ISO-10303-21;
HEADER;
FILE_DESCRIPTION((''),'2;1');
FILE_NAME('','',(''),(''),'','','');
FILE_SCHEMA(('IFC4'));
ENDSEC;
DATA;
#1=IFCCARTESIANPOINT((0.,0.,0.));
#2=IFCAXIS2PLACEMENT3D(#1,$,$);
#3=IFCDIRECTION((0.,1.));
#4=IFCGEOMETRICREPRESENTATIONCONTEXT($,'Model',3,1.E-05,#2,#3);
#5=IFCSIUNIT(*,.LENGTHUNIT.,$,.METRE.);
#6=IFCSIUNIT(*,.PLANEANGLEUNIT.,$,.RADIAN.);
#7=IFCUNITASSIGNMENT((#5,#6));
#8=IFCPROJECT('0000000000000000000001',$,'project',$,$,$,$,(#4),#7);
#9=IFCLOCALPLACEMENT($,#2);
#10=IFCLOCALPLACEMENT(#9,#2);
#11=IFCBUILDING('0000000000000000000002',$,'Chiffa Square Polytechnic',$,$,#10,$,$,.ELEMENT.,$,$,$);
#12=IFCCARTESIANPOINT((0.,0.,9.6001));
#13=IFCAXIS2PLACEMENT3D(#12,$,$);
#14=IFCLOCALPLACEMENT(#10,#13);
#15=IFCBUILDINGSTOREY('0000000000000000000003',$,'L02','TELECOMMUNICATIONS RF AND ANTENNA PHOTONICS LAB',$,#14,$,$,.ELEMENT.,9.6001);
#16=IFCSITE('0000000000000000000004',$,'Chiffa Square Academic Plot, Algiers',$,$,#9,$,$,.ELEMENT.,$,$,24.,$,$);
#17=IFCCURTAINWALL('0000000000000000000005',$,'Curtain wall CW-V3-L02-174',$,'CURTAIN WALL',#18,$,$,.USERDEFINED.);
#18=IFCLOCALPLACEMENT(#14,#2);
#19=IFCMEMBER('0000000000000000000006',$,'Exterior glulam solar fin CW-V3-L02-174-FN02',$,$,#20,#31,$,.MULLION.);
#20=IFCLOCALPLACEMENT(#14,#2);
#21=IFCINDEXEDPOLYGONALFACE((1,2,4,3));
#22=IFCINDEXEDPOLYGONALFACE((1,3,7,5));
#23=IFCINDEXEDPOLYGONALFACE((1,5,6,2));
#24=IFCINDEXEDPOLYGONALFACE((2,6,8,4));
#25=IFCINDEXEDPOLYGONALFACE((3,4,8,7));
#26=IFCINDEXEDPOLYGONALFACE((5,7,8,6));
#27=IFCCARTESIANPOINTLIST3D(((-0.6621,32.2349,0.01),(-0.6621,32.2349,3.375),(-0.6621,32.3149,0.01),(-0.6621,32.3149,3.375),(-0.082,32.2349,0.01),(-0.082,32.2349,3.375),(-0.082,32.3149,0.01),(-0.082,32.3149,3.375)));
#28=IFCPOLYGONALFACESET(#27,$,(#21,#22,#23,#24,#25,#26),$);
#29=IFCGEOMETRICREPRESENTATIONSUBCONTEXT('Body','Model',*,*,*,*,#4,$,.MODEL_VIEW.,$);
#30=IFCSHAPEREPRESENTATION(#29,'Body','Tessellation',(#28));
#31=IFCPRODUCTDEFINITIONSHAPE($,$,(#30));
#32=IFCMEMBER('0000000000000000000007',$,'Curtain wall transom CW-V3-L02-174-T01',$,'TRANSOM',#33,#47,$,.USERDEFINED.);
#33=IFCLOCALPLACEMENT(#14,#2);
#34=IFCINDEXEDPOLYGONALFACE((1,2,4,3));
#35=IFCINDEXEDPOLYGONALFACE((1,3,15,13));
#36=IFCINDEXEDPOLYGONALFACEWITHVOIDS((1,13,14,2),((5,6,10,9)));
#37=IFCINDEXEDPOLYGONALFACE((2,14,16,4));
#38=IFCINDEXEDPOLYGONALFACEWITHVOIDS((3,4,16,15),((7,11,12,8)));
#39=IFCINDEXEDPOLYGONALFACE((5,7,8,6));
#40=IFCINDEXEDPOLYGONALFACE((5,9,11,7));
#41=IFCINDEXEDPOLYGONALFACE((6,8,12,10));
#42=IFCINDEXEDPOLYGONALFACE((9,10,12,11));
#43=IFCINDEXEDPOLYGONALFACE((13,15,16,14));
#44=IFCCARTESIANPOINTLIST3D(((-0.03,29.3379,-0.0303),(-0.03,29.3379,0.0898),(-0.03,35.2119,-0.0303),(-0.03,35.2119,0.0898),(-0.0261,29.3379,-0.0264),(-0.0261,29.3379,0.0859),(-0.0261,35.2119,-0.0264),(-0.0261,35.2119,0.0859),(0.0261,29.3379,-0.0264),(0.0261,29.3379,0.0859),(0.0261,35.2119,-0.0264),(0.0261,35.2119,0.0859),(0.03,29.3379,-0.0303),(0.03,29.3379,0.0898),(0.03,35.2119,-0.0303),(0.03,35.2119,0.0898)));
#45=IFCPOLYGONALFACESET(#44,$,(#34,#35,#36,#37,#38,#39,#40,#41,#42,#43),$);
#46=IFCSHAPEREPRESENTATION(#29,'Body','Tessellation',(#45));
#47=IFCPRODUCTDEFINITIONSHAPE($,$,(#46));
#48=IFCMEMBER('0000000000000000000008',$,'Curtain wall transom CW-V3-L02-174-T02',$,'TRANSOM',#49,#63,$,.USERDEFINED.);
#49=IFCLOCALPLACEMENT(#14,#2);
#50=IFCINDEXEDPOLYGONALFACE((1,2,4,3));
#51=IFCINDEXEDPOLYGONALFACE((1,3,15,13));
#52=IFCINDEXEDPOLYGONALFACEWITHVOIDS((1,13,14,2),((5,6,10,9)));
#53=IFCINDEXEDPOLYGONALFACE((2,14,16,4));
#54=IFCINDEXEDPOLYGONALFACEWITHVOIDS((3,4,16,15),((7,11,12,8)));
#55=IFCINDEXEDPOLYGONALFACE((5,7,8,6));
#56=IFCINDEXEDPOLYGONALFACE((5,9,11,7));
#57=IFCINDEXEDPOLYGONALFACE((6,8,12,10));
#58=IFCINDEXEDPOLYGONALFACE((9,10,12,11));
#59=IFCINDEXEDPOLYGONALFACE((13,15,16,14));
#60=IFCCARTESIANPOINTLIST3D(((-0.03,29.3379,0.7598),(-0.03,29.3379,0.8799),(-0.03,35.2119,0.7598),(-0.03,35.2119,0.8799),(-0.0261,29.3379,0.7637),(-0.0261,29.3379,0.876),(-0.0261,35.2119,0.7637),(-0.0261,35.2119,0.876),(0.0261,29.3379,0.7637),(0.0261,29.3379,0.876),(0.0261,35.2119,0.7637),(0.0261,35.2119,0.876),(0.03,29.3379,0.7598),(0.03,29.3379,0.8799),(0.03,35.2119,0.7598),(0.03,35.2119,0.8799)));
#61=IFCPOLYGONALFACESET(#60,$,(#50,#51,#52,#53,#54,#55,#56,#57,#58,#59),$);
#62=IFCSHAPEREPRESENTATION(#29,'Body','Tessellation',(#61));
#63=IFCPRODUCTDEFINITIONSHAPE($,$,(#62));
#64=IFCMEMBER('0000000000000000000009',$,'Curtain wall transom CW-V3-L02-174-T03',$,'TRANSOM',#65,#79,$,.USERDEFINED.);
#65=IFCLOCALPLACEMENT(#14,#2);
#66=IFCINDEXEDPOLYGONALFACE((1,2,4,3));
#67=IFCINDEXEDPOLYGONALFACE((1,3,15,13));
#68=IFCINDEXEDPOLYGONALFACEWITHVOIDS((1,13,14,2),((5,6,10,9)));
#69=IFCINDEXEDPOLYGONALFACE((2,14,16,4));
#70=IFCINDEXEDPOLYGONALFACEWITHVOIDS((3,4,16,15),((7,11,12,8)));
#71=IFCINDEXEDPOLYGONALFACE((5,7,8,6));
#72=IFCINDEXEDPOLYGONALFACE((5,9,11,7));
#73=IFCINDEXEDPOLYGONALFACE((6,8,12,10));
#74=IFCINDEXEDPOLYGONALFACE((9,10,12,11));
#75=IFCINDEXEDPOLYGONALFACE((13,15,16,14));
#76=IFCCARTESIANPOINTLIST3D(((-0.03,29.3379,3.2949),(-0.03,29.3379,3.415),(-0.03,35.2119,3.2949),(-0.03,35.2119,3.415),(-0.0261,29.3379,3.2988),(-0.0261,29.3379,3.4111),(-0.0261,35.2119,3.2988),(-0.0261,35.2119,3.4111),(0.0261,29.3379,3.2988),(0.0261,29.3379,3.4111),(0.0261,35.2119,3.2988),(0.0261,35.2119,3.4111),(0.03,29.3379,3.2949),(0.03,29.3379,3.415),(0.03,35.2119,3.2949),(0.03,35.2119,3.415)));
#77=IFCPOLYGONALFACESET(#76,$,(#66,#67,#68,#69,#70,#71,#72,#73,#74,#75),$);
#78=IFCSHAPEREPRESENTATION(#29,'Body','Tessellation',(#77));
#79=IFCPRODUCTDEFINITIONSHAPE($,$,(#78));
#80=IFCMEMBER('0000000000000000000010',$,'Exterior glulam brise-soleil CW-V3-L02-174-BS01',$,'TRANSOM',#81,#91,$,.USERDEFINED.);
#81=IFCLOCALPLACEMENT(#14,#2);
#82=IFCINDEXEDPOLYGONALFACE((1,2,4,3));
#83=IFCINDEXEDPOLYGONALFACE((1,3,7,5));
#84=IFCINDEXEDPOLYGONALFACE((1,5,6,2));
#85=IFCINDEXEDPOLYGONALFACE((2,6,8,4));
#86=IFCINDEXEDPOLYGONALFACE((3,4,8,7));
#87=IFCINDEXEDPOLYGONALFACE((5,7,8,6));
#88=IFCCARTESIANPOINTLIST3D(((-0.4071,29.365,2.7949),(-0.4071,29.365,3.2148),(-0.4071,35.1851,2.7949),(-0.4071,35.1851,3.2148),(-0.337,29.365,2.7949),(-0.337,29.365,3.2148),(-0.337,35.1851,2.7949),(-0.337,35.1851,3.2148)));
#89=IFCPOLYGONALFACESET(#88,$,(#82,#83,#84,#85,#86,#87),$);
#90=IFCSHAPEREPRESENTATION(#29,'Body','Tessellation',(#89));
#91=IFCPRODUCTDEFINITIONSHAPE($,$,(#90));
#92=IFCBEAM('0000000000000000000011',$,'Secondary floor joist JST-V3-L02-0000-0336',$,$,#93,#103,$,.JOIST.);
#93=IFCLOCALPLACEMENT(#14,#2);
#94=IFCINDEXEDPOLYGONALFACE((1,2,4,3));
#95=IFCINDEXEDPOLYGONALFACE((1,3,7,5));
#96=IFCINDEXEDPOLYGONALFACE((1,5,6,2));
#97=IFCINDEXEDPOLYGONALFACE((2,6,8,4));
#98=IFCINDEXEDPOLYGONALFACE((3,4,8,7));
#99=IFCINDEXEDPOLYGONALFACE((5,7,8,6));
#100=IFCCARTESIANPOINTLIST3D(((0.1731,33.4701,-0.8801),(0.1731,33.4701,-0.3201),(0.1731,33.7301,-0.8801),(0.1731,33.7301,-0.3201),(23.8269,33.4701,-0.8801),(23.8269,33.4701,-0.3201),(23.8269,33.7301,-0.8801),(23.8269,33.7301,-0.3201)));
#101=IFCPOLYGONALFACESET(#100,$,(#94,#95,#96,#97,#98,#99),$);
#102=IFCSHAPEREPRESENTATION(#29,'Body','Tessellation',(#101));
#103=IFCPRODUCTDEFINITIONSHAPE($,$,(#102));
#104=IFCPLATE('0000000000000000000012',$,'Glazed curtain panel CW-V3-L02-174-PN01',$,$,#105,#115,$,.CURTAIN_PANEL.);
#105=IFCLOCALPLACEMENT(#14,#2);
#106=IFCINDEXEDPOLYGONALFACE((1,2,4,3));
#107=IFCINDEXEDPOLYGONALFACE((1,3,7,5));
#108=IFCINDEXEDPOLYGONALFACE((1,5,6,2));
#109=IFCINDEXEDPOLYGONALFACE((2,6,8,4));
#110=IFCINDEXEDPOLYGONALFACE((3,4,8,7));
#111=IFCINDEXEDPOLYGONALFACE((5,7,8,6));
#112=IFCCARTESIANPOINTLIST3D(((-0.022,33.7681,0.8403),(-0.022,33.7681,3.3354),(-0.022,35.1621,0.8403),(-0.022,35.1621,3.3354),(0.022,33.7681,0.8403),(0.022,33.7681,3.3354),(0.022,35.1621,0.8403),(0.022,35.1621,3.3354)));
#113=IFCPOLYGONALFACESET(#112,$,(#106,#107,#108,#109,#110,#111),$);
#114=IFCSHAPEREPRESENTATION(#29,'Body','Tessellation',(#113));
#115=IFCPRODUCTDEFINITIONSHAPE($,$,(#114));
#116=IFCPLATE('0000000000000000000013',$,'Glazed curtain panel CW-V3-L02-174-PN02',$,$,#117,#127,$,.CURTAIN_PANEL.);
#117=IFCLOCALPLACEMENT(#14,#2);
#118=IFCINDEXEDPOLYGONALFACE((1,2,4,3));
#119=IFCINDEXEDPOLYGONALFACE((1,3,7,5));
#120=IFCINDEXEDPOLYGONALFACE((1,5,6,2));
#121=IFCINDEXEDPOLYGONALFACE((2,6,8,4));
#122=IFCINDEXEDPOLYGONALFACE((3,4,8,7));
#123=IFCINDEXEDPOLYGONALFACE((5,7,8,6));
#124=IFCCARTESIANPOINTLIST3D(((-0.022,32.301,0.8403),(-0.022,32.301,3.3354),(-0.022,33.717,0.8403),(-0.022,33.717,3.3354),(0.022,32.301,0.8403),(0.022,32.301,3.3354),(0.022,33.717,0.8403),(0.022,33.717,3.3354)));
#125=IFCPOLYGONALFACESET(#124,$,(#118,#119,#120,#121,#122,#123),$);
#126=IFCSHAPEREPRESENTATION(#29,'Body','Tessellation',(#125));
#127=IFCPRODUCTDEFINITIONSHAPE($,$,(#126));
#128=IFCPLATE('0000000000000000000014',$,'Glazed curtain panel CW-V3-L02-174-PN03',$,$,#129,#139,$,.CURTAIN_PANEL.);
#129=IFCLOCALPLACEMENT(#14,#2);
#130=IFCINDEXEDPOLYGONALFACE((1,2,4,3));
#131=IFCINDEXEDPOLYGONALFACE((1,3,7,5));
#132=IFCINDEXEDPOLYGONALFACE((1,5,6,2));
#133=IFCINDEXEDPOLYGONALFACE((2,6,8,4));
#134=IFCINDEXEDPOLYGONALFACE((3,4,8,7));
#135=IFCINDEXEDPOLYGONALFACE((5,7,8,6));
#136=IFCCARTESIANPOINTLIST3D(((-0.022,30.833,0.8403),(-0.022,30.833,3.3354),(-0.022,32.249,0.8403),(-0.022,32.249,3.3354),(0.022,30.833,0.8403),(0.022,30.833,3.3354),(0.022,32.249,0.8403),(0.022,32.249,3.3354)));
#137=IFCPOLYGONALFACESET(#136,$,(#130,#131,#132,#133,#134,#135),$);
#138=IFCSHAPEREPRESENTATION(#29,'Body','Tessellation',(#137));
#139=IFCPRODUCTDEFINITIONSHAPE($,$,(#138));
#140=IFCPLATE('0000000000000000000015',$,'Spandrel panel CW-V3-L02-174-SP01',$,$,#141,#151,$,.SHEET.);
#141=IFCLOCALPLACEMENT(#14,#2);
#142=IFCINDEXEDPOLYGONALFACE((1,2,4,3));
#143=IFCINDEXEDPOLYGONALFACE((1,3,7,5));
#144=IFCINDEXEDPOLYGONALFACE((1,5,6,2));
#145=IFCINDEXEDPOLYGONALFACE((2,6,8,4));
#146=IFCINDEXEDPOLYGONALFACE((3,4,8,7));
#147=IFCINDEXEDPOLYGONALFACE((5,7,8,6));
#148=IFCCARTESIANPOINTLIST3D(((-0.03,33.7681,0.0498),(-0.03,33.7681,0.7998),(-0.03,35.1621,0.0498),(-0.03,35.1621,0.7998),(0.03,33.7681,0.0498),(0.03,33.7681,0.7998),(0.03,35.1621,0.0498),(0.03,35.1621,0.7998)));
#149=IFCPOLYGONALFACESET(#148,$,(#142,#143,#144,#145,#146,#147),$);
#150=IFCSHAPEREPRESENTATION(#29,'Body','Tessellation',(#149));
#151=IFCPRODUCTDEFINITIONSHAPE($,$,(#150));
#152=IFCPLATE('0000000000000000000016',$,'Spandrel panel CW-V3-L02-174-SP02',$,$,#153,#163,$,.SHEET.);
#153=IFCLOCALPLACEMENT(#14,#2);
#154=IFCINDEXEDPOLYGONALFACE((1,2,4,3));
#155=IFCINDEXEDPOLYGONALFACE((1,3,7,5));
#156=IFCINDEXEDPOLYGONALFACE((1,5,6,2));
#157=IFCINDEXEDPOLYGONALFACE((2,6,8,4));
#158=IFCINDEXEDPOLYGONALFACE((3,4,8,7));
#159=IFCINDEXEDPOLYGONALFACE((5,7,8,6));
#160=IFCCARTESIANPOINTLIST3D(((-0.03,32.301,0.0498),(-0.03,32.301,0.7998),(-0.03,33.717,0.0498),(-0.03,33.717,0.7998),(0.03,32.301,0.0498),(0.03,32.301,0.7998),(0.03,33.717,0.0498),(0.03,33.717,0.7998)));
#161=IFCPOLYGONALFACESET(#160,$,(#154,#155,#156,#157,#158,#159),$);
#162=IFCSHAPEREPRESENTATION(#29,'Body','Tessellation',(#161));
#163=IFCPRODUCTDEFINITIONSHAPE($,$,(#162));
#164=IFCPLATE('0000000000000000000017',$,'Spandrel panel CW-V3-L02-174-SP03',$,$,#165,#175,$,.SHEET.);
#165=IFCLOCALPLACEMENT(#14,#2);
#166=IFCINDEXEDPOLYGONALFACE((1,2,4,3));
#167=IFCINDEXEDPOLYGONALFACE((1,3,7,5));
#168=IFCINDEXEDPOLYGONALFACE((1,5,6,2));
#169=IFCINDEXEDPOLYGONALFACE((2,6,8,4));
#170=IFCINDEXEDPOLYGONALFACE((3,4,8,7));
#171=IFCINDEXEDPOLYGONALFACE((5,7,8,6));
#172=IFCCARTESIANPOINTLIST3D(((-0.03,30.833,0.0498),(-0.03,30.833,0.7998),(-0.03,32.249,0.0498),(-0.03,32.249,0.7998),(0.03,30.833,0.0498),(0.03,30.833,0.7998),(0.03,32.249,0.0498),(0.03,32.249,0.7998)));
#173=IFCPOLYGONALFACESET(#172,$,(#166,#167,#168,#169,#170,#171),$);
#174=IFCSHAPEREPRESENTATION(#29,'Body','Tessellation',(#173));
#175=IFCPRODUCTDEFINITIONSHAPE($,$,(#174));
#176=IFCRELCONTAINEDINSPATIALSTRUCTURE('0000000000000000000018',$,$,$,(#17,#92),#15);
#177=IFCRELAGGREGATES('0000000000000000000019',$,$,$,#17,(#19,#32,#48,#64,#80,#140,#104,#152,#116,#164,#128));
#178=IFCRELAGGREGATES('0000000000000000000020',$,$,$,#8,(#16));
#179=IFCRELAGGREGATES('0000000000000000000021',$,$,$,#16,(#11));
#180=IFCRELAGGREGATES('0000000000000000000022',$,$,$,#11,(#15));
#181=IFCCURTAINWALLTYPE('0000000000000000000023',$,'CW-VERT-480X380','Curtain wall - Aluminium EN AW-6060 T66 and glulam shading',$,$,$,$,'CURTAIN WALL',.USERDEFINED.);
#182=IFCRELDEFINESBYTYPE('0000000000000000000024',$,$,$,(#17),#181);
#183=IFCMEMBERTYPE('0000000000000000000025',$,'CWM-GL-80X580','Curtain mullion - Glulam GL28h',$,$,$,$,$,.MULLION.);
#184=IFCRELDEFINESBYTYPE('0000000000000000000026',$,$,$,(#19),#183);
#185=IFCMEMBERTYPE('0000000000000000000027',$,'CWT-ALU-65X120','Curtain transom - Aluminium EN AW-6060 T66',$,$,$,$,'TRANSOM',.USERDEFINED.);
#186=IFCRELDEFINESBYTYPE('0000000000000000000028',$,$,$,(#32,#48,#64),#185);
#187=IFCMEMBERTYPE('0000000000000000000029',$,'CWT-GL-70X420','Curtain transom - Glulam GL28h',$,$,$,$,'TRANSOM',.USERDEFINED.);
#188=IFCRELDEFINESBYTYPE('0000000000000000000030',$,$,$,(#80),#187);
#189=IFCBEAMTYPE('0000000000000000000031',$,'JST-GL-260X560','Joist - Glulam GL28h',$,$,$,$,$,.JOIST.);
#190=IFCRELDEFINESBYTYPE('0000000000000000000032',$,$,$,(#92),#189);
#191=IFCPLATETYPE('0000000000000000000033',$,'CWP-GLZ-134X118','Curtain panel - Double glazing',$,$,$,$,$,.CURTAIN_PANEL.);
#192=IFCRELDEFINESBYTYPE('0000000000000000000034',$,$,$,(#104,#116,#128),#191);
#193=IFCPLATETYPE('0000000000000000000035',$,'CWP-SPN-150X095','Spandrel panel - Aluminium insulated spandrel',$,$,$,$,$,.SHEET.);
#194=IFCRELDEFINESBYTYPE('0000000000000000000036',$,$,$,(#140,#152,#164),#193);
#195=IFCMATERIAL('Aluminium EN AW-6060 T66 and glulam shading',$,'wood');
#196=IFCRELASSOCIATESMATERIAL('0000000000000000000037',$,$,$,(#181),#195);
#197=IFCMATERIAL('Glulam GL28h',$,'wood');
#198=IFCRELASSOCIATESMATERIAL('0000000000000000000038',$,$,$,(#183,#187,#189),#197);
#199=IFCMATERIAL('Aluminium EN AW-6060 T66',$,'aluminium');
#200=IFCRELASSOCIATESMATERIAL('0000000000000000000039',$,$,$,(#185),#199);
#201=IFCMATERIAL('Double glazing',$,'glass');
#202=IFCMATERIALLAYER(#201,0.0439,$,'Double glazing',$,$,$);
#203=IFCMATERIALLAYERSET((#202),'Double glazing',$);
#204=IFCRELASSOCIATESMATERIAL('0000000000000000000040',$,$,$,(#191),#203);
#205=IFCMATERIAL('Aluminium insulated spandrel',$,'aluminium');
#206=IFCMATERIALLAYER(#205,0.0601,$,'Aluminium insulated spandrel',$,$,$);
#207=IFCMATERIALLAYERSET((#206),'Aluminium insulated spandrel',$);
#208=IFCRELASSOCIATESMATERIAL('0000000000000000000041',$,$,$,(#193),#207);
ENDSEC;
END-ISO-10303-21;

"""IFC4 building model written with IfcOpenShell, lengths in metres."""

from ifc_helpers import new_model, si_unit, direction, frame, origin, origin_2d, place, context, subcontext, project, spatial, rectangle, hollow_rectangle, extrude, material, layer, layer_set, material_profile, profile_set, type_object, element, aggregate, save


model = new_model("IFC4")

# Units and contexts
model_context = context("Model", 3, precision=1e-05, world=origin(), true_north=direction((0.0, 1.0)))
body_context = subcontext(model_context, "Body", "Model", "MODEL_VIEW")
ifc_project = project(units=[si_unit("LENGTHUNIT", "METRE"), si_unit("PLANEANGLEUNIT", "RADIAN")], contexts=[model_context])

# Site, building, storey
site_placement = place(None, origin())
site = spatial("IfcSite", under=ifc_project, at=site_placement, Name="Chiffa Square Academic Plot, Algiers", CompositionType="ELEMENT", RefElevation=24.0)
building_placement = place(site_placement, origin())
building = spatial("IfcBuilding", under=site, at=building_placement, Name="Chiffa Square Polytechnic", CompositionType="ELEMENT")
storey_placement = place(building_placement, frame((0.0, 0.0, 9.6001)))
storey = spatial("IfcBuildingStorey", under=building, at=storey_placement, Name="L02", Description="TELECOMMUNICATIONS RF AND ANTENNA PHOTONICS LAB", CompositionType="ELEMENT", Elevation=9.6001)

# Curtain wall, members
ifc_material_1 = material(Name="Aluminium EN AW-6060 T66 and glulam shading", Category="wood")
curtain_wall_type = type_object("IfcCurtainWallType", Name="CW-VERT-480X380", Description="Curtain wall - Aluminium EN AW-6060 T66 and glulam shading", ElementType="CURTAIN WALL", PredefinedType="USERDEFINED", material=ifc_material_1)
curtain_wall_placement = place(storey_placement, origin())
curtain_wall = element("IfcCurtainWall", 1, at=curtain_wall_placement, inside=storey, type_object=curtain_wall_type, Name="Curtain wall CW-V3-L02-174", ObjectType="CURTAIN WALL", PredefinedType="USERDEFINED")
ifc_material_2 = material(Name="Aluminium EN AW-6060 T66", Category="aluminium")
ifc_material_3 = material(Name="Glulam GL28h", Category="wood")
ifc_material_profile_1 = material_profile(ifc_material_3, rectangle(XDim=0.0801, YDim=0.5801, at=origin_2d()), Name="GL28h 80x580")
ifc_profile_set_1 = profile_set([ifc_material_profile_1], Name="Glulam GL28h")
member_type_1 = type_object("IfcMemberType", Name="CWM-GL-80X580", Description="Curtain mullion - Glulam GL28h", PredefinedType="MULLION", material=ifc_profile_set_1)
member_1_placement = place(storey_placement, frame((-0.3721, 32.2749, 0.01), z_axis=(0.0, 0.0, 1.0), x_axis=(0.0, -1.0, 0.0)))
member_1 = element("IfcMember", 2, at=member_1_placement, type_object=member_type_1, Name="Exterior glulam solar fin CW-V3-L02-174-FN02", PredefinedType="MULLION", context=body_context, shape_type="SweptSolid", body=[
    extrude(rectangle(XDim=0.0801, YDim=0.5801, at=origin_2d()), origin(), (0.0, 0.0, 1.0), 3.365),
])
ifc_material_profile_2 = material_profile(ifc_material_2, hollow_rectangle(XDim=0.0601, YDim=0.1201, WallThickness=0.0039, at=origin_2d()), Name="ALU 60x120x4")
ifc_profile_set_2 = profile_set([ifc_material_profile_2], Name="Aluminium EN AW-6060 T66")
member_type_2 = type_object("IfcMemberType", Name="CWT-ALU-65X120", Description="Curtain transom - Aluminium EN AW-6060 T66", ElementType="TRANSOM", PredefinedType="USERDEFINED", material=ifc_profile_set_2)
member_2_placement = place(storey_placement, frame((0.0, 35.2119, 0.0298), z_axis=(0.0, -1.0, 0.0), x_axis=(1.0, 0.0, 0.0)))
member_2 = element("IfcMember", 3, at=member_2_placement, type_object=member_type_2, Name="Curtain wall transom CW-V3-L02-174-T01", ObjectType="TRANSOM", PredefinedType="USERDEFINED", context=body_context, shape_type="SweptSolid", body=[
    extrude(hollow_rectangle(XDim=0.0601, YDim=0.1201, WallThickness=0.0039, at=origin_2d()), origin(), (0.0, 0.0, 1.0), 5.874),
])
member_3_placement = place(storey_placement, frame((0.0, 35.2119, 0.8198), z_axis=(0.0, -1.0, 0.0), x_axis=(1.0, 0.0, 0.0)))
member_3 = element("IfcMember", 4, at=member_3_placement, type_object=member_type_2, Name="Curtain wall transom CW-V3-L02-174-T02", ObjectType="TRANSOM", PredefinedType="USERDEFINED", context=body_context, shape_type="SweptSolid", body=[
    extrude(hollow_rectangle(XDim=0.0601, YDim=0.1201, WallThickness=0.0039, at=origin_2d()), origin(), (0.0, 0.0, 1.0), 5.874),
])
member_4_placement = place(storey_placement, frame((0.0, 35.2119, 3.355), z_axis=(0.0, -1.0, 0.0), x_axis=(1.0, 0.0, 0.0)))
member_4 = element("IfcMember", 5, at=member_4_placement, type_object=member_type_2, Name="Curtain wall transom CW-V3-L02-174-T03", ObjectType="TRANSOM", PredefinedType="USERDEFINED", context=body_context, shape_type="SweptSolid", body=[
    extrude(hollow_rectangle(XDim=0.0601, YDim=0.1201, WallThickness=0.0039, at=origin_2d()), origin(), (0.0, 0.0, 1.0), 5.874),
])
ifc_material_profile_3 = material_profile(ifc_material_3, rectangle(XDim=0.0701, YDim=0.4199, at=origin_2d()), Name="GL28h 70x420")
ifc_profile_set_3 = profile_set([ifc_material_profile_3], Name="Glulam GL28h")
member_type_3 = type_object("IfcMemberType", Name="CWT-GL-70X420", Description="Curtain transom - Glulam GL28h", ElementType="TRANSOM", PredefinedType="USERDEFINED", material=ifc_profile_set_3)
member_5_placement = place(storey_placement, frame((-0.3721, 35.1851, 3.0049), z_axis=(0.0, -1.0, 0.0), x_axis=(1.0, 0.0, 0.0)))
member_5 = element("IfcMember", 6, at=member_5_placement, type_object=member_type_3, Name="Exterior glulam brise-soleil CW-V3-L02-174-BS01", ObjectType="TRANSOM", PredefinedType="USERDEFINED", context=body_context, shape_type="SweptSolid", body=[
    extrude(rectangle(XDim=0.0701, YDim=0.4199, at=origin_2d()), origin(), (0.0, 0.0, 1.0), 5.8201),
])

# Beam
ifc_material_profile_4 = material_profile(ifc_material_3, rectangle(XDim=0.26, YDim=0.5601, at=origin_2d()), Name="GL28h 260x560")
ifc_profile_set_4 = profile_set([ifc_material_profile_4], Name="Glulam GL28h")
beam_type_1 = type_object("IfcBeamType", Name="JST-GL-260X560", Description="Joist - Glulam GL28h", PredefinedType="JOIST", material=ifc_profile_set_4)
beam_1_placement = place(storey_placement, frame((0.1731, 33.6001, -0.6001), z_axis=(1.0, 0.0, 0.0), x_axis=(0.0, 1.0, 0.0)))
element("IfcBeam", 7, at=beam_1_placement, inside=storey, type_object=beam_type_1, Name="Secondary floor joist JST-V3-L02-0000-0336", PredefinedType="JOIST", context=body_context, shape_type="SweptSolid", body=[
    extrude(rectangle(XDim=0.26, YDim=0.5601, at=origin_2d()), origin(), (0.0, 0.0, 1.0), 23.6538),
])

# Plates
ifc_material_4 = material(Name="Double glazing", Category="glass")
ifc_layer_1 = layer(ifc_material_4, 0.0439, Name="Double glazing")
ifc_layer_set_1 = layer_set([ifc_layer_1], Name="Double glazing")
plate_type_1 = type_object("IfcPlateType", Name="CWP-GLZ-134X118", Description="Curtain panel - Double glazing", PredefinedType="CURTAIN_PANEL", material=ifc_layer_set_1)
plate_1_placement = place(storey_placement, frame((0.0, 34.4651, 0.8403), z_axis=(0.0, 0.0, 1.0), x_axis=(0.0, -1.0, 0.0)))
plate_1 = element("IfcPlate", 8, at=plate_1_placement, type_object=plate_type_1, Name="Glazed curtain panel CW-V3-L02-174-PN01", PredefinedType="CURTAIN_PANEL", context=body_context, shape_type="SweptSolid", body=[
    extrude(rectangle(XDim=1.394, YDim=0.0439, at=origin_2d()), origin(), (0.0, 0.0, 1.0), 2.4951),
])
plate_2_placement = place(storey_placement, frame((0.0, 33.009, 0.8403), z_axis=(0.0, 0.0, 1.0), x_axis=(0.0, -1.0, 0.0)))
plate_2 = element("IfcPlate", 9, at=plate_2_placement, type_object=plate_type_1, Name="Glazed curtain panel CW-V3-L02-174-PN02", PredefinedType="CURTAIN_PANEL", context=body_context, shape_type="SweptSolid", body=[
    extrude(rectangle(XDim=1.416, YDim=0.0439, at=origin_2d()), origin(), (0.0, 0.0, 1.0), 2.4951),
])
plate_3_placement = place(storey_placement, frame((0.0, 31.541, 0.8403), z_axis=(0.0, 0.0, 1.0), x_axis=(0.0, -1.0, 0.0)))
plate_3 = element("IfcPlate", 10, at=plate_3_placement, type_object=plate_type_1, Name="Glazed curtain panel CW-V3-L02-174-PN03", PredefinedType="CURTAIN_PANEL", context=body_context, shape_type="SweptSolid", body=[
    extrude(rectangle(XDim=1.416, YDim=0.0439, at=origin_2d()), origin(), (0.0, 0.0, 1.0), 2.4951),
])
ifc_material_5 = material(Name="Aluminium insulated spandrel", Category="aluminium")
ifc_layer_2 = layer(ifc_material_5, 0.0601, Name="Aluminium insulated spandrel")
ifc_layer_set_2 = layer_set([ifc_layer_2], Name="Aluminium insulated spandrel")
plate_type_2 = type_object("IfcPlateType", Name="CWP-SPN-150X095", Description="Spandrel panel - Aluminium insulated spandrel", PredefinedType="SHEET", material=ifc_layer_set_2)
plate_4_placement = place(storey_placement, frame((0.0, 34.4651, 0.0498), z_axis=(0.0, 0.0, 1.0), x_axis=(0.0, -1.0, 0.0)))
plate_4 = element("IfcPlate", 11, at=plate_4_placement, type_object=plate_type_2, Name="Spandrel panel CW-V3-L02-174-SP01", PredefinedType="SHEET", context=body_context, shape_type="SweptSolid", body=[
    extrude(rectangle(XDim=1.394, YDim=0.0601, at=origin_2d()), origin(), (0.0, 0.0, 1.0), 0.75),
])
plate_5_placement = place(storey_placement, frame((0.0, 33.009, 0.0498), z_axis=(0.0, 0.0, 1.0), x_axis=(0.0, -1.0, 0.0)))
plate_5 = element("IfcPlate", 12, at=plate_5_placement, type_object=plate_type_2, Name="Spandrel panel CW-V3-L02-174-SP02", PredefinedType="SHEET", context=body_context, shape_type="SweptSolid", body=[
    extrude(rectangle(XDim=1.416, YDim=0.0601, at=origin_2d()), origin(), (0.0, 0.0, 1.0), 0.75),
])
plate_6_placement = place(storey_placement, frame((0.0, 31.541, 0.0498), z_axis=(0.0, 0.0, 1.0), x_axis=(0.0, -1.0, 0.0)))
plate_6 = element("IfcPlate", 13, at=plate_6_placement, type_object=plate_type_2, Name="Spandrel panel CW-V3-L02-174-SP03", PredefinedType="SHEET", context=body_context, shape_type="SweptSolid", body=[
    extrude(rectangle(XDim=1.416, YDim=0.0601, at=origin_2d()), origin(), (0.0, 0.0, 1.0), 0.75),
])
aggregate(curtain_wall, [member_1, member_2, member_3, member_4, member_5, plate_4, plate_1, plate_5, plate_2, plate_6, plate_3])

save(model, "model.ifc")
